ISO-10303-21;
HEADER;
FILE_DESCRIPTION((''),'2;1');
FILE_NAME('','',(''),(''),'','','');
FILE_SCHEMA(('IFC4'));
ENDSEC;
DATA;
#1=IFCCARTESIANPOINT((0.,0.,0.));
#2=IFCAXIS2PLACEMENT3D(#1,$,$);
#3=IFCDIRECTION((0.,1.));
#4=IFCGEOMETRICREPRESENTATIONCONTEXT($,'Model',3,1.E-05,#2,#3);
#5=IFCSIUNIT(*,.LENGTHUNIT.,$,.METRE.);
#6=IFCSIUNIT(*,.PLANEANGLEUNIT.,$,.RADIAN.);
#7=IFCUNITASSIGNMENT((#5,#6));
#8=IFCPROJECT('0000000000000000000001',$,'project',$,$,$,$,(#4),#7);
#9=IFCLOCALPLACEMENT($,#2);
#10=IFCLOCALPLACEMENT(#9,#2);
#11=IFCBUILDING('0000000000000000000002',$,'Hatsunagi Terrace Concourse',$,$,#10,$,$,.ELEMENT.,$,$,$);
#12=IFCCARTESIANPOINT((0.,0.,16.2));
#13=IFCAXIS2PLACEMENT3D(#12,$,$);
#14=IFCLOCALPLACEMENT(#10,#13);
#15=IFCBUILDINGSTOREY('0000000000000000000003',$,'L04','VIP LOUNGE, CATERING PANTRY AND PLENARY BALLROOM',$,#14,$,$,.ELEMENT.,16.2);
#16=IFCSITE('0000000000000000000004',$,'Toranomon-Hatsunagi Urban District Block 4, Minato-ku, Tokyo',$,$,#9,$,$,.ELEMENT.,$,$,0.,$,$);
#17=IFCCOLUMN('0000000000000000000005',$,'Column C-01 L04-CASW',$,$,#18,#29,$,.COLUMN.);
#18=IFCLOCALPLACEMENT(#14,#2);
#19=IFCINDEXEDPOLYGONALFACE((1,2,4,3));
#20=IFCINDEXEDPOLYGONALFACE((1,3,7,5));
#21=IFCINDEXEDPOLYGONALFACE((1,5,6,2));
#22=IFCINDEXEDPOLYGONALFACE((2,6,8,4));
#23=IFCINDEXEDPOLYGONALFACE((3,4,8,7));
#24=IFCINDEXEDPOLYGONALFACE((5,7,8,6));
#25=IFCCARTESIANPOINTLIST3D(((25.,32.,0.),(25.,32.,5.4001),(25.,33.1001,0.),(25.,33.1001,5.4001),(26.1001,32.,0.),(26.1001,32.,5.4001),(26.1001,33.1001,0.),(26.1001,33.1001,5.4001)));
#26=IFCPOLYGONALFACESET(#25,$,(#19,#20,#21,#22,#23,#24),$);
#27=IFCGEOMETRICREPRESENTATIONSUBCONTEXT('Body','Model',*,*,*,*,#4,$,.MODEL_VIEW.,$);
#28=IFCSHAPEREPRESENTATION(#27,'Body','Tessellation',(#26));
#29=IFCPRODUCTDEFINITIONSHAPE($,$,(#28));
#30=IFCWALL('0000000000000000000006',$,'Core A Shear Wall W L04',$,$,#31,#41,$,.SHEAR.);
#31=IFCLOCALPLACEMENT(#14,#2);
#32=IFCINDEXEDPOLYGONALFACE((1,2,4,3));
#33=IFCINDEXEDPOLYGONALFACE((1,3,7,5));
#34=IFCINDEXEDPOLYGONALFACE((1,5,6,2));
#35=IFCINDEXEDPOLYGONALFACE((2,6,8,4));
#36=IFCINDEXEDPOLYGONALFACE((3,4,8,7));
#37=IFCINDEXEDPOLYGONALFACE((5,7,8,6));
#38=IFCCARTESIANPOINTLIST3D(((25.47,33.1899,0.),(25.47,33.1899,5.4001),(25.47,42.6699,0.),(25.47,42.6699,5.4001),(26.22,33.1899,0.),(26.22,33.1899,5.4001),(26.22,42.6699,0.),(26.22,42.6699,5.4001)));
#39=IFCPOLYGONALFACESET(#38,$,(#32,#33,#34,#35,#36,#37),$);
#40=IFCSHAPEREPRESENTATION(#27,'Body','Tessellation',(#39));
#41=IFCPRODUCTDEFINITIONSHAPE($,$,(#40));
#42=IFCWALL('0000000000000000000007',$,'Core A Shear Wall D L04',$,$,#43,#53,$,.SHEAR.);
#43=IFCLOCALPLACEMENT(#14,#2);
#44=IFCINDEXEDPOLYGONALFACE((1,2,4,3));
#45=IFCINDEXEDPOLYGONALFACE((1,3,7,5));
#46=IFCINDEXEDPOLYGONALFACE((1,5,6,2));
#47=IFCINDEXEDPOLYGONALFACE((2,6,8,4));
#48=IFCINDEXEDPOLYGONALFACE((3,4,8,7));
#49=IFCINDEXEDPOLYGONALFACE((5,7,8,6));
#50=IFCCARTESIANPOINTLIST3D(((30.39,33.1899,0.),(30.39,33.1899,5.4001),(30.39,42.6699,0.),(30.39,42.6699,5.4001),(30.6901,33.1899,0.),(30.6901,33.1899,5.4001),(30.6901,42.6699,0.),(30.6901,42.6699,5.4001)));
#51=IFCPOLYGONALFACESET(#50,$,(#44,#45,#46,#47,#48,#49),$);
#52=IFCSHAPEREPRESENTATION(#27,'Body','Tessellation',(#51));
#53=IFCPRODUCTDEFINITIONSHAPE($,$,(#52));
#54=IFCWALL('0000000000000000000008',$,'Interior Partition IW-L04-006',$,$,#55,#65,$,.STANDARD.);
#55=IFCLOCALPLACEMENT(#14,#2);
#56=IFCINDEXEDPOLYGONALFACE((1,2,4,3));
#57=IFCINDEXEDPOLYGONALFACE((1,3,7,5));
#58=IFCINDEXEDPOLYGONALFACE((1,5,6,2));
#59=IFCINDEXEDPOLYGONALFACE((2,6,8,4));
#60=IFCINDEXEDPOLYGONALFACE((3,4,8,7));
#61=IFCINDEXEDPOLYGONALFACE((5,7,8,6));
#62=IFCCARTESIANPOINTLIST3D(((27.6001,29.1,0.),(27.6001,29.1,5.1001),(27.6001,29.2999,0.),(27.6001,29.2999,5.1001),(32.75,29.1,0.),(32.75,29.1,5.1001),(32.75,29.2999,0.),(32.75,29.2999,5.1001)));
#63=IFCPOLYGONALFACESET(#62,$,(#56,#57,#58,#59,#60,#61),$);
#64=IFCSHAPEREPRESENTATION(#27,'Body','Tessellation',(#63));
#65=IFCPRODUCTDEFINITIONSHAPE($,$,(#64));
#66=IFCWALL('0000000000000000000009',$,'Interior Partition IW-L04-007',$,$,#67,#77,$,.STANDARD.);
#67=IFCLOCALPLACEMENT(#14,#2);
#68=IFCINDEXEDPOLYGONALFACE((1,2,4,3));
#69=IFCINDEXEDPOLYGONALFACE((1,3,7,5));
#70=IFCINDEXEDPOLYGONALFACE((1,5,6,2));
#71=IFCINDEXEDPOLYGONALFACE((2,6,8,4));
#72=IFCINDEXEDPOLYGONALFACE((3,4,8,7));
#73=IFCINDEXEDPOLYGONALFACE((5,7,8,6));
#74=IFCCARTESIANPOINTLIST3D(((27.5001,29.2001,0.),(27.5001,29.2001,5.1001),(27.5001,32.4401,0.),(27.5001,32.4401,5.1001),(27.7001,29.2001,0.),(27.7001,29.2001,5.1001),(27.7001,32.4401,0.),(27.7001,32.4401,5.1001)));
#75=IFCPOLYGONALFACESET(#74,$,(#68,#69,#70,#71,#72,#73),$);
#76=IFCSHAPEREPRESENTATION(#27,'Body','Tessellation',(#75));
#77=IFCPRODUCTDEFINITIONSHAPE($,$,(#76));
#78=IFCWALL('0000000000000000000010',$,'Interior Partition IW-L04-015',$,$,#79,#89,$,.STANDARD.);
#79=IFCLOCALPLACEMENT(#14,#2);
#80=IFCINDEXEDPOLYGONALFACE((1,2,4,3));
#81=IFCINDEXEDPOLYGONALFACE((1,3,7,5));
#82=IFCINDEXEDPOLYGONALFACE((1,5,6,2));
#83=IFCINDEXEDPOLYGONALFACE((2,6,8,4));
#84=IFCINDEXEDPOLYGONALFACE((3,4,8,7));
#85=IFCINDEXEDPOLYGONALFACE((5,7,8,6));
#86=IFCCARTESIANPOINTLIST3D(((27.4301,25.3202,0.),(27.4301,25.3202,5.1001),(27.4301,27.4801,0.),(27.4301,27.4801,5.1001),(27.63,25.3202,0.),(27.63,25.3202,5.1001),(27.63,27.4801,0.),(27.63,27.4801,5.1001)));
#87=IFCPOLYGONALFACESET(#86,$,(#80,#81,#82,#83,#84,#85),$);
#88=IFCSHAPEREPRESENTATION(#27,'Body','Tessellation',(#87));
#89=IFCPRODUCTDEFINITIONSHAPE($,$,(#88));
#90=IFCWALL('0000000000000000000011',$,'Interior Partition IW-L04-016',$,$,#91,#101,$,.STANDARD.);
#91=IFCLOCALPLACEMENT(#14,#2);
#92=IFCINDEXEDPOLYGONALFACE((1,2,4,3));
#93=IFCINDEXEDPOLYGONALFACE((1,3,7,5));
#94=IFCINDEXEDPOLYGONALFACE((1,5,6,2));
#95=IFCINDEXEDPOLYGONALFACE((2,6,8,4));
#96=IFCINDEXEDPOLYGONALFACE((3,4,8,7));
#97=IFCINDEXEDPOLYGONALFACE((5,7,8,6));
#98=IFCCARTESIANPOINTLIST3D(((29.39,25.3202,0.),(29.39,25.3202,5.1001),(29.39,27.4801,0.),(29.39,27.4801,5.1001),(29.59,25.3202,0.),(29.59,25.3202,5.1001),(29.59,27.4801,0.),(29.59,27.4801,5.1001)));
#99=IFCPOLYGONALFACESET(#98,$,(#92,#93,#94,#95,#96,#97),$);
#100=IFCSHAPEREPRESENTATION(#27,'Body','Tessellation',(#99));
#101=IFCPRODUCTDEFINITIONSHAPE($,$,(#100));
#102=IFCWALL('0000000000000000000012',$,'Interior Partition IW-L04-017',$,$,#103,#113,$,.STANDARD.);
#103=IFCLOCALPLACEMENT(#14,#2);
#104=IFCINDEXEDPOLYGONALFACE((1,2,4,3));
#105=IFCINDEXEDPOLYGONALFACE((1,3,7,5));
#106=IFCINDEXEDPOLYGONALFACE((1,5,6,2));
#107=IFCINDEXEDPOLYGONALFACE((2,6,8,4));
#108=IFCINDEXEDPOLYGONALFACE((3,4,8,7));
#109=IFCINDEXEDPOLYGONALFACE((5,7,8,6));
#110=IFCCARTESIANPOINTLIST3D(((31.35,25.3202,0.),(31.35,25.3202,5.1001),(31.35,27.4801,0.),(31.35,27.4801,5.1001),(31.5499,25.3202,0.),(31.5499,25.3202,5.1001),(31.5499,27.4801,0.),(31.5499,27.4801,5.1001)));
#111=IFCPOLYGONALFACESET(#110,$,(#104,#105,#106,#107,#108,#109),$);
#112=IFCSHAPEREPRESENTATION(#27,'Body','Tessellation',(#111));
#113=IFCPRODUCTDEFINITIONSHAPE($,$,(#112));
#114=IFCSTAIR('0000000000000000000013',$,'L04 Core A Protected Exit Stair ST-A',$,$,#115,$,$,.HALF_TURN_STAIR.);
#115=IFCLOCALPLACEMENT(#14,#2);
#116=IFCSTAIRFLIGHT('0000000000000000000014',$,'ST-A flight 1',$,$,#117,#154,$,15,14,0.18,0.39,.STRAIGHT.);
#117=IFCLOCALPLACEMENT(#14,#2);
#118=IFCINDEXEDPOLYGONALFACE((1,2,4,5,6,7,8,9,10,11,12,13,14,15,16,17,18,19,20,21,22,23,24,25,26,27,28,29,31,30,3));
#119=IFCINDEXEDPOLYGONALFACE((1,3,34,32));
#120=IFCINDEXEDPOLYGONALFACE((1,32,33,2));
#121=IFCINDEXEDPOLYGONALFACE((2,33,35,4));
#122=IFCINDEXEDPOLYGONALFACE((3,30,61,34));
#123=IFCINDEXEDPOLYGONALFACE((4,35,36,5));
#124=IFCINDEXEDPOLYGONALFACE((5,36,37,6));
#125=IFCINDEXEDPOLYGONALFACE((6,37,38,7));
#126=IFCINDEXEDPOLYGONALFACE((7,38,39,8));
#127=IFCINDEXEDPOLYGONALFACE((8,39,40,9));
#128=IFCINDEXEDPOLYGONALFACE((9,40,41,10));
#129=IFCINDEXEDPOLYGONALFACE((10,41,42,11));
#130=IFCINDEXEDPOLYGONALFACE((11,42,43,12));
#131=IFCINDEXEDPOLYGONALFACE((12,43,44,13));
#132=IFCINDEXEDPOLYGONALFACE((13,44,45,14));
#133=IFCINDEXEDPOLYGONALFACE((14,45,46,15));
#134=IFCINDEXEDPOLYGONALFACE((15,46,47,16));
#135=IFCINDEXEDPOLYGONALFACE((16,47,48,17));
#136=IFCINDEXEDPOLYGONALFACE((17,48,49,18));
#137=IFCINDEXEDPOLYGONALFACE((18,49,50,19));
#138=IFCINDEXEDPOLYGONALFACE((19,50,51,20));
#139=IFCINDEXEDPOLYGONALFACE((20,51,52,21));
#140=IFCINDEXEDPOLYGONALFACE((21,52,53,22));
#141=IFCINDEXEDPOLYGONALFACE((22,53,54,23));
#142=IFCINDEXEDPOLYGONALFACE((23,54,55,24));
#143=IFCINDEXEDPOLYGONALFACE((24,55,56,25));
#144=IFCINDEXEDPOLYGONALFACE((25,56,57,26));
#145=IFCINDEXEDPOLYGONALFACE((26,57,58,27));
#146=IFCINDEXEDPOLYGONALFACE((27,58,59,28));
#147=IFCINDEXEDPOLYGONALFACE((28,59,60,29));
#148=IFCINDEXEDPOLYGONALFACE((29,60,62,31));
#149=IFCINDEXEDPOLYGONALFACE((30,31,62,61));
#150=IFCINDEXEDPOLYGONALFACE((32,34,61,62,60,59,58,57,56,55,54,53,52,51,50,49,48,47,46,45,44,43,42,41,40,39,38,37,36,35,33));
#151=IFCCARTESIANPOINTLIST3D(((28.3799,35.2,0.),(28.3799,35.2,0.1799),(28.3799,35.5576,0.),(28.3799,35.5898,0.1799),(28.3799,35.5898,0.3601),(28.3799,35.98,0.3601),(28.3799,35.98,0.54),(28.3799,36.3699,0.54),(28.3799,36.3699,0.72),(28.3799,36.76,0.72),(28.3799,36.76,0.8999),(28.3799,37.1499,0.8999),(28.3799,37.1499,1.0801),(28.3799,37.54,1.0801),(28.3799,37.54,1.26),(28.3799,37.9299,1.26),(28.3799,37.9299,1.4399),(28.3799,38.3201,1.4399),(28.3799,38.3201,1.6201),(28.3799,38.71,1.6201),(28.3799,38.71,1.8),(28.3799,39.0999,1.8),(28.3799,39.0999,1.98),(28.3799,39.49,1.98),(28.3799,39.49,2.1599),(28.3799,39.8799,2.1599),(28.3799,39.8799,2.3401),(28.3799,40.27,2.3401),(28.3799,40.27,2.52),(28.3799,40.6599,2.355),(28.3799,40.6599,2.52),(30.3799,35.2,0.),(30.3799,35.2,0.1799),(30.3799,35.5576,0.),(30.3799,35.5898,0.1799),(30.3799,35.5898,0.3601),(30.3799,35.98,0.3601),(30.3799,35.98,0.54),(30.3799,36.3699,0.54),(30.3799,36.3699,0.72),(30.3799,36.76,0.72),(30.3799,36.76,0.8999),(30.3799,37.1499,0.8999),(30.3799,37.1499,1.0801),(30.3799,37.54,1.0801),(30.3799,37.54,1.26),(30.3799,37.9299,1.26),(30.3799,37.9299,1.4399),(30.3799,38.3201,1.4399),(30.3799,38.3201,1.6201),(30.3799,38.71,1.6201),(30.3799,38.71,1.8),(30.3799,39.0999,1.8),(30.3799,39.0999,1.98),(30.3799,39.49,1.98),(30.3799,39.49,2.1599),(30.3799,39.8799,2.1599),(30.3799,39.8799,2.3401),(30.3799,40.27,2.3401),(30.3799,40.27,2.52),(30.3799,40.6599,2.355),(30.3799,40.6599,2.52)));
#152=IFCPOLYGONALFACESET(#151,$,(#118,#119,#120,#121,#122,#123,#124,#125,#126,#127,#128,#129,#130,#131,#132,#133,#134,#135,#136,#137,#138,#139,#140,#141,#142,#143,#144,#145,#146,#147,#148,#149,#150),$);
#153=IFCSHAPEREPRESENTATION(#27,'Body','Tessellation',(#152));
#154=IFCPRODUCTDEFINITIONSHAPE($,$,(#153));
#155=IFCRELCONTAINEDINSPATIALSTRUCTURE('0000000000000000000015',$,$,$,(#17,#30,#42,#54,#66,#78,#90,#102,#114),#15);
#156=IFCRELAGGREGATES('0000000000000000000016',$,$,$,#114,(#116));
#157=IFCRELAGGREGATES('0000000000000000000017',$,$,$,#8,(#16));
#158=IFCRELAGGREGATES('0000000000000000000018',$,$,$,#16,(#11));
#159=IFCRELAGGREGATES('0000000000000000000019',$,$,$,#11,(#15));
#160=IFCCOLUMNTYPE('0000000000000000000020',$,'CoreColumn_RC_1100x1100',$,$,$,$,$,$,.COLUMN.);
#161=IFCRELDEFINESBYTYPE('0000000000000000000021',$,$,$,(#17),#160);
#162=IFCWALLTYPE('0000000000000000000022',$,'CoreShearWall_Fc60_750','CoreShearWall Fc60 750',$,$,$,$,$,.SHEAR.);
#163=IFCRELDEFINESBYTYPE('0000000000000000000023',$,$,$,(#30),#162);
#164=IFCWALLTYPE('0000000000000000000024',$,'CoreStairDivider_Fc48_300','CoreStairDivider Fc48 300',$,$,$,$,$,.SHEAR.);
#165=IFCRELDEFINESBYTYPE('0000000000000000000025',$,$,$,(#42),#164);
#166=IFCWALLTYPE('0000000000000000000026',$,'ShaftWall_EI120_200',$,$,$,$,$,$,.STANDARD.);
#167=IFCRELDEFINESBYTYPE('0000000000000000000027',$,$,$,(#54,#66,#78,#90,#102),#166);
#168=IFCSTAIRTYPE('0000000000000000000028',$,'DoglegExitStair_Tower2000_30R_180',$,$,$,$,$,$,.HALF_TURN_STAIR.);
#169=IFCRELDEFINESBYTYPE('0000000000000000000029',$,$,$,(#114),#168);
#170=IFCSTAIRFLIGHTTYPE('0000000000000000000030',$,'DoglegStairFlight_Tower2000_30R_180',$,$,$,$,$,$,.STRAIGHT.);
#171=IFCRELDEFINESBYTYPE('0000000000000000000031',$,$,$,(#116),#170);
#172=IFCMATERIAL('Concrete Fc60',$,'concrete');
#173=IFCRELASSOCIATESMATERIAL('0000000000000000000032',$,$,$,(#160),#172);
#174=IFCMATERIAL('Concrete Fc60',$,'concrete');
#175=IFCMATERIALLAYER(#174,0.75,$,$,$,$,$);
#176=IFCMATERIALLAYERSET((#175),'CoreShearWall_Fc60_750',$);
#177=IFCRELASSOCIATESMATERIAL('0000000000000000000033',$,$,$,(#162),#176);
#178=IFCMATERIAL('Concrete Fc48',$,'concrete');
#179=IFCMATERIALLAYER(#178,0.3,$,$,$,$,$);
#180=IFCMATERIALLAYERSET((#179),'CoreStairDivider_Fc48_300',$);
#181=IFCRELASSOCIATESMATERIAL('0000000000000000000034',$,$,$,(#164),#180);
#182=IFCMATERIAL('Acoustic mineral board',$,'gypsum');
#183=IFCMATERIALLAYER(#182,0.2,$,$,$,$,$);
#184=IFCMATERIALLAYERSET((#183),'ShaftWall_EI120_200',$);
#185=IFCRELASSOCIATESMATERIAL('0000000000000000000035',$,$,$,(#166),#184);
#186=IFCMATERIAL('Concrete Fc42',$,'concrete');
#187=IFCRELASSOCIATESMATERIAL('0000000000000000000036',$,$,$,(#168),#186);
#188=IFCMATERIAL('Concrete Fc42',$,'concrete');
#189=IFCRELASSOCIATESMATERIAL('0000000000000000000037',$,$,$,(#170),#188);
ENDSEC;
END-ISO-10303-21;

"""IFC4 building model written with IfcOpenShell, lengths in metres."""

from ifc_helpers import new_model, si_unit, direction, frame, frame_2d, origin, origin_2d, place, context, subcontext, project, spatial, polyline, rectangle, outline, extrude, material, layer, layer_set, material_profile, profile_set, type_object, element, aggregate, save


model = new_model("IFC4")

# Units and contexts
model_context = context("Model", 3, precision=1e-05, world=origin(), true_north=direction((0.0, 1.0)))
body_context = subcontext(model_context, "Body", "Model", "MODEL_VIEW")
ifc_project = project(units=[si_unit("LENGTHUNIT", "METRE"), si_unit("PLANEANGLEUNIT", "RADIAN")], contexts=[model_context])

# Site, building, storey
site_placement = place(None, origin())
site = spatial("IfcSite", under=ifc_project, at=site_placement, Name="Toranomon-Hatsunagi Urban District Block 4, Minato-ku, Tokyo", CompositionType="ELEMENT", RefElevation=0.0)
building_placement = place(site_placement, origin())
building = spatial("IfcBuilding", under=site, at=building_placement, Name="Hatsunagi Terrace Concourse", CompositionType="ELEMENT")
storey_placement = place(building_placement, frame((0.0, 0.0, 16.2)))
storey = spatial("IfcBuildingStorey", under=building, at=storey_placement, Name="L04", Description="VIP LOUNGE, CATERING PANTRY AND PLENARY BALLROOM", CompositionType="ELEMENT", Elevation=16.2)

# Column
ifc_material_1 = material(Name="Concrete Fc60", Category="concrete")
ifc_material_profile = material_profile(ifc_material_1, rectangle(XDim=1.1001, YDim=1.1001, at=origin_2d()), Name="RC-1100x1100")
ifc_profile_set = profile_set([ifc_material_profile], Name="Concrete Fc60")
column_type = type_object("IfcColumnType", Name="CoreColumn_RC_1100x1100", PredefinedType="COLUMN", material=ifc_profile_set)
column_placement = place(storey_placement, frame((25.55, 32.55, 0.0), z_axis=(0.0, 0.0, 1.0), x_axis=(1.0, 0.0, 0.0)))
element("IfcColumn", 1, at=column_placement, inside=storey, type_object=column_type, Name="Column C-01 L04-CASW", PredefinedType="COLUMN", context=body_context, shape_type="SweptSolid", body=[
    extrude(rectangle(XDim=1.1001, YDim=1.1001, at=origin_2d()), origin(), (0.0, 0.0, 1.0), 5.4001),
])

# Walls
ifc_material_2 = material(Name="Concrete Fc60", Category="concrete")
ifc_layer_1 = layer(ifc_material_2, 0.75)
ifc_layer_set_1 = layer_set([ifc_layer_1], Name="CoreShearWall_Fc60_750")
wall_type_1 = type_object("IfcWallType", Name="CoreShearWall_Fc60_750", Description="CoreShearWall Fc60 750", PredefinedType="SHEAR", material=ifc_layer_set_1)
wall_1_placement = place(storey_placement, frame((25.845, 33.1899, 0.0), z_axis=(0.0, 0.0, 1.0), x_axis=(0.0, 1.0, 0.0)))
element("IfcWall", 2, at=wall_1_placement, inside=storey, type_object=wall_type_1, Name="Core A Shear Wall W L04", PredefinedType="SHEAR", context=body_context, shape_type="SweptSolid", body=[
    extrude(rectangle(XDim=9.48, YDim=0.75, at=frame_2d((4.74, 0.0))), origin(), (0.0, 0.0, 1.0), 5.4001),
])
ifc_material_3 = material(Name="Concrete Fc48", Category="concrete")
ifc_layer_2 = layer(ifc_material_3, 0.3)
ifc_layer_set_2 = layer_set([ifc_layer_2], Name="CoreStairDivider_Fc48_300")
wall_type_2 = type_object("IfcWallType", Name="CoreStairDivider_Fc48_300", Description="CoreStairDivider Fc48 300", PredefinedType="SHEAR", material=ifc_layer_set_2)
wall_2_placement = place(storey_placement, frame((30.54, 33.1899, 0.0), z_axis=(0.0, 0.0, 1.0), x_axis=(0.0, 1.0, 0.0)))
element("IfcWall", 3, at=wall_2_placement, inside=storey, type_object=wall_type_2, Name="Core A Shear Wall D L04", PredefinedType="SHEAR", context=body_context, shape_type="SweptSolid", body=[
    extrude(rectangle(XDim=9.48, YDim=0.3, at=frame_2d((4.74, 0.0))), origin(), (0.0, 0.0, 1.0), 5.4001),
])
ifc_material_4 = material(Name="Acoustic mineral board", Category="gypsum")
ifc_layer_3 = layer(ifc_material_4, 0.2)
ifc_layer_set_3 = layer_set([ifc_layer_3], Name="ShaftWall_EI120_200")
wall_type_3 = type_object("IfcWallType", Name="ShaftWall_EI120_200", PredefinedType="STANDARD", material=ifc_layer_set_3)
wall_3_placement = place(storey_placement, frame((27.6001, 29.2, 0.0), z_axis=(0.0, 0.0, 1.0), x_axis=(1.0, 0.0, 0.0)))
element("IfcWall", 4, at=wall_3_placement, inside=storey, type_object=wall_type_3, Name="Interior Partition IW-L04-006", PredefinedType="STANDARD", context=body_context, shape_type="SweptSolid", body=[
    extrude(rectangle(XDim=5.1499, YDim=0.2, at=frame_2d((2.575, 0.0))), origin(), (0.0, 0.0, 1.0), 5.1001),
])
wall_4_placement = place(storey_placement, frame((27.6001, 29.2, 0.0), z_axis=(0.0, 0.0, 1.0), x_axis=(0.0, 1.0, 0.0)))
element("IfcWall", 5, at=wall_4_placement, inside=storey, type_object=wall_type_3, Name="Interior Partition IW-L04-007", PredefinedType="STANDARD", context=body_context, shape_type="SweptSolid", body=[
    extrude(rectangle(XDim=3.24, YDim=0.2, at=frame_2d((1.6201, 0.0))), origin(), (0.0, 0.0, 1.0), 5.1001),
])
for number, where, z_axis, x_axis, name in (
    (6, (27.53, 25.3201, 0.0), (0.0, 0.0, 1.0), (0.0, 1.0, 0.0), "Interior Partition IW-L04-015"),
    (7, (29.49, 25.3201, 0.0), (0.0, 0.0, 1.0), (0.0, 1.0, 0.0), "Interior Partition IW-L04-016"),
    (8, (31.45, 25.3201, 0.0), (0.0, 0.0, 1.0), (0.0, 1.0, 0.0), "Interior Partition IW-L04-017"),
):
    element("IfcWall", number, at=place(storey_placement, frame(where, z_axis=z_axis, x_axis=x_axis)), inside=storey, type_object=wall_type_3, Name=name, PredefinedType="STANDARD", context=body_context, shape_type="SweptSolid", body=[
        extrude(rectangle(XDim=2.1599, YDim=0.2, at=frame_2d((1.0801, 0.0))), origin(), (0.0, 0.0, 1.0), 5.1001),
    ])

# Stair, stair flight
ifc_material_5 = material(Name="Concrete Fc42", Category="concrete")
stair_type = type_object("IfcStairType", Name="DoglegExitStair_Tower2000_30R_180", PredefinedType="HALF_TURN_STAIR", material=ifc_material_5)
stair_placement = place(storey_placement, origin())
stair = element("IfcStair", 9, at=stair_placement, inside=storey, type_object=stair_type, Name="L04 Core A Protected Exit Stair ST-A", PredefinedType="HALF_TURN_STAIR")
ifc_material_6 = material(Name="Concrete Fc42", Category="concrete")
stair_flight_type = type_object("IfcStairFlightType", Name="DoglegStairFlight_Tower2000_30R_180", PredefinedType="STRAIGHT", material=ifc_material_6)
stair_flight_placement = place(storey_placement, frame((29.3799, 35.2, 0.0), z_axis=(0.0, 0.0, 1.0), x_axis=(0.0, 1.0, 0.0)))
stair_flight = element("IfcStairFlight", 10, at=stair_flight_placement, type_object=stair_flight_type, Name="ST-A flight 1", NumberOfRisers=15, NumberOfTreads=14, PredefinedType="STRAIGHT", RiserHeight=0.18, TreadLength=0.39, context=body_context, shape_type="SweptSolid", body=[
    extrude(outline(polyline([(0.0, 0.0), (0.0, 0.1799), (0.3899, 0.1799), (0.3899, 0.3601), (0.78, 0.3601), (0.78, 0.54), (1.1699, 0.54), (1.1699, 0.72), (1.5601, 0.72), (1.5601, 0.8999), (1.95, 0.8999), (1.95, 1.0801), (2.3401, 1.0801), (2.3401, 1.26), (2.73, 1.26), (2.73, 1.4399), (3.1201, 1.4399), (3.1201, 1.6201), (3.51, 1.6201), (3.51, 1.8), (3.8999, 1.8), (3.8999, 1.98), (4.29, 1.98), (4.29, 2.1599), (4.6799, 2.1599), (4.6799, 2.3401), (5.0701, 2.3401), (5.0701, 2.52), (5.46, 2.52), (5.46, 2.7), (5.46, 2.355), (0.3577, 0.0), (0.0, 0.0)])), frame((0.0, 1.0, 0.0), z_axis=(0.0, -1.0, 0.0), x_axis=(1.0, 0.0, 0.0)), (0.0, 0.0, 1.0), 2.0),
])
aggregate(stair, [stair_flight])

save(model, "model.ifc")
